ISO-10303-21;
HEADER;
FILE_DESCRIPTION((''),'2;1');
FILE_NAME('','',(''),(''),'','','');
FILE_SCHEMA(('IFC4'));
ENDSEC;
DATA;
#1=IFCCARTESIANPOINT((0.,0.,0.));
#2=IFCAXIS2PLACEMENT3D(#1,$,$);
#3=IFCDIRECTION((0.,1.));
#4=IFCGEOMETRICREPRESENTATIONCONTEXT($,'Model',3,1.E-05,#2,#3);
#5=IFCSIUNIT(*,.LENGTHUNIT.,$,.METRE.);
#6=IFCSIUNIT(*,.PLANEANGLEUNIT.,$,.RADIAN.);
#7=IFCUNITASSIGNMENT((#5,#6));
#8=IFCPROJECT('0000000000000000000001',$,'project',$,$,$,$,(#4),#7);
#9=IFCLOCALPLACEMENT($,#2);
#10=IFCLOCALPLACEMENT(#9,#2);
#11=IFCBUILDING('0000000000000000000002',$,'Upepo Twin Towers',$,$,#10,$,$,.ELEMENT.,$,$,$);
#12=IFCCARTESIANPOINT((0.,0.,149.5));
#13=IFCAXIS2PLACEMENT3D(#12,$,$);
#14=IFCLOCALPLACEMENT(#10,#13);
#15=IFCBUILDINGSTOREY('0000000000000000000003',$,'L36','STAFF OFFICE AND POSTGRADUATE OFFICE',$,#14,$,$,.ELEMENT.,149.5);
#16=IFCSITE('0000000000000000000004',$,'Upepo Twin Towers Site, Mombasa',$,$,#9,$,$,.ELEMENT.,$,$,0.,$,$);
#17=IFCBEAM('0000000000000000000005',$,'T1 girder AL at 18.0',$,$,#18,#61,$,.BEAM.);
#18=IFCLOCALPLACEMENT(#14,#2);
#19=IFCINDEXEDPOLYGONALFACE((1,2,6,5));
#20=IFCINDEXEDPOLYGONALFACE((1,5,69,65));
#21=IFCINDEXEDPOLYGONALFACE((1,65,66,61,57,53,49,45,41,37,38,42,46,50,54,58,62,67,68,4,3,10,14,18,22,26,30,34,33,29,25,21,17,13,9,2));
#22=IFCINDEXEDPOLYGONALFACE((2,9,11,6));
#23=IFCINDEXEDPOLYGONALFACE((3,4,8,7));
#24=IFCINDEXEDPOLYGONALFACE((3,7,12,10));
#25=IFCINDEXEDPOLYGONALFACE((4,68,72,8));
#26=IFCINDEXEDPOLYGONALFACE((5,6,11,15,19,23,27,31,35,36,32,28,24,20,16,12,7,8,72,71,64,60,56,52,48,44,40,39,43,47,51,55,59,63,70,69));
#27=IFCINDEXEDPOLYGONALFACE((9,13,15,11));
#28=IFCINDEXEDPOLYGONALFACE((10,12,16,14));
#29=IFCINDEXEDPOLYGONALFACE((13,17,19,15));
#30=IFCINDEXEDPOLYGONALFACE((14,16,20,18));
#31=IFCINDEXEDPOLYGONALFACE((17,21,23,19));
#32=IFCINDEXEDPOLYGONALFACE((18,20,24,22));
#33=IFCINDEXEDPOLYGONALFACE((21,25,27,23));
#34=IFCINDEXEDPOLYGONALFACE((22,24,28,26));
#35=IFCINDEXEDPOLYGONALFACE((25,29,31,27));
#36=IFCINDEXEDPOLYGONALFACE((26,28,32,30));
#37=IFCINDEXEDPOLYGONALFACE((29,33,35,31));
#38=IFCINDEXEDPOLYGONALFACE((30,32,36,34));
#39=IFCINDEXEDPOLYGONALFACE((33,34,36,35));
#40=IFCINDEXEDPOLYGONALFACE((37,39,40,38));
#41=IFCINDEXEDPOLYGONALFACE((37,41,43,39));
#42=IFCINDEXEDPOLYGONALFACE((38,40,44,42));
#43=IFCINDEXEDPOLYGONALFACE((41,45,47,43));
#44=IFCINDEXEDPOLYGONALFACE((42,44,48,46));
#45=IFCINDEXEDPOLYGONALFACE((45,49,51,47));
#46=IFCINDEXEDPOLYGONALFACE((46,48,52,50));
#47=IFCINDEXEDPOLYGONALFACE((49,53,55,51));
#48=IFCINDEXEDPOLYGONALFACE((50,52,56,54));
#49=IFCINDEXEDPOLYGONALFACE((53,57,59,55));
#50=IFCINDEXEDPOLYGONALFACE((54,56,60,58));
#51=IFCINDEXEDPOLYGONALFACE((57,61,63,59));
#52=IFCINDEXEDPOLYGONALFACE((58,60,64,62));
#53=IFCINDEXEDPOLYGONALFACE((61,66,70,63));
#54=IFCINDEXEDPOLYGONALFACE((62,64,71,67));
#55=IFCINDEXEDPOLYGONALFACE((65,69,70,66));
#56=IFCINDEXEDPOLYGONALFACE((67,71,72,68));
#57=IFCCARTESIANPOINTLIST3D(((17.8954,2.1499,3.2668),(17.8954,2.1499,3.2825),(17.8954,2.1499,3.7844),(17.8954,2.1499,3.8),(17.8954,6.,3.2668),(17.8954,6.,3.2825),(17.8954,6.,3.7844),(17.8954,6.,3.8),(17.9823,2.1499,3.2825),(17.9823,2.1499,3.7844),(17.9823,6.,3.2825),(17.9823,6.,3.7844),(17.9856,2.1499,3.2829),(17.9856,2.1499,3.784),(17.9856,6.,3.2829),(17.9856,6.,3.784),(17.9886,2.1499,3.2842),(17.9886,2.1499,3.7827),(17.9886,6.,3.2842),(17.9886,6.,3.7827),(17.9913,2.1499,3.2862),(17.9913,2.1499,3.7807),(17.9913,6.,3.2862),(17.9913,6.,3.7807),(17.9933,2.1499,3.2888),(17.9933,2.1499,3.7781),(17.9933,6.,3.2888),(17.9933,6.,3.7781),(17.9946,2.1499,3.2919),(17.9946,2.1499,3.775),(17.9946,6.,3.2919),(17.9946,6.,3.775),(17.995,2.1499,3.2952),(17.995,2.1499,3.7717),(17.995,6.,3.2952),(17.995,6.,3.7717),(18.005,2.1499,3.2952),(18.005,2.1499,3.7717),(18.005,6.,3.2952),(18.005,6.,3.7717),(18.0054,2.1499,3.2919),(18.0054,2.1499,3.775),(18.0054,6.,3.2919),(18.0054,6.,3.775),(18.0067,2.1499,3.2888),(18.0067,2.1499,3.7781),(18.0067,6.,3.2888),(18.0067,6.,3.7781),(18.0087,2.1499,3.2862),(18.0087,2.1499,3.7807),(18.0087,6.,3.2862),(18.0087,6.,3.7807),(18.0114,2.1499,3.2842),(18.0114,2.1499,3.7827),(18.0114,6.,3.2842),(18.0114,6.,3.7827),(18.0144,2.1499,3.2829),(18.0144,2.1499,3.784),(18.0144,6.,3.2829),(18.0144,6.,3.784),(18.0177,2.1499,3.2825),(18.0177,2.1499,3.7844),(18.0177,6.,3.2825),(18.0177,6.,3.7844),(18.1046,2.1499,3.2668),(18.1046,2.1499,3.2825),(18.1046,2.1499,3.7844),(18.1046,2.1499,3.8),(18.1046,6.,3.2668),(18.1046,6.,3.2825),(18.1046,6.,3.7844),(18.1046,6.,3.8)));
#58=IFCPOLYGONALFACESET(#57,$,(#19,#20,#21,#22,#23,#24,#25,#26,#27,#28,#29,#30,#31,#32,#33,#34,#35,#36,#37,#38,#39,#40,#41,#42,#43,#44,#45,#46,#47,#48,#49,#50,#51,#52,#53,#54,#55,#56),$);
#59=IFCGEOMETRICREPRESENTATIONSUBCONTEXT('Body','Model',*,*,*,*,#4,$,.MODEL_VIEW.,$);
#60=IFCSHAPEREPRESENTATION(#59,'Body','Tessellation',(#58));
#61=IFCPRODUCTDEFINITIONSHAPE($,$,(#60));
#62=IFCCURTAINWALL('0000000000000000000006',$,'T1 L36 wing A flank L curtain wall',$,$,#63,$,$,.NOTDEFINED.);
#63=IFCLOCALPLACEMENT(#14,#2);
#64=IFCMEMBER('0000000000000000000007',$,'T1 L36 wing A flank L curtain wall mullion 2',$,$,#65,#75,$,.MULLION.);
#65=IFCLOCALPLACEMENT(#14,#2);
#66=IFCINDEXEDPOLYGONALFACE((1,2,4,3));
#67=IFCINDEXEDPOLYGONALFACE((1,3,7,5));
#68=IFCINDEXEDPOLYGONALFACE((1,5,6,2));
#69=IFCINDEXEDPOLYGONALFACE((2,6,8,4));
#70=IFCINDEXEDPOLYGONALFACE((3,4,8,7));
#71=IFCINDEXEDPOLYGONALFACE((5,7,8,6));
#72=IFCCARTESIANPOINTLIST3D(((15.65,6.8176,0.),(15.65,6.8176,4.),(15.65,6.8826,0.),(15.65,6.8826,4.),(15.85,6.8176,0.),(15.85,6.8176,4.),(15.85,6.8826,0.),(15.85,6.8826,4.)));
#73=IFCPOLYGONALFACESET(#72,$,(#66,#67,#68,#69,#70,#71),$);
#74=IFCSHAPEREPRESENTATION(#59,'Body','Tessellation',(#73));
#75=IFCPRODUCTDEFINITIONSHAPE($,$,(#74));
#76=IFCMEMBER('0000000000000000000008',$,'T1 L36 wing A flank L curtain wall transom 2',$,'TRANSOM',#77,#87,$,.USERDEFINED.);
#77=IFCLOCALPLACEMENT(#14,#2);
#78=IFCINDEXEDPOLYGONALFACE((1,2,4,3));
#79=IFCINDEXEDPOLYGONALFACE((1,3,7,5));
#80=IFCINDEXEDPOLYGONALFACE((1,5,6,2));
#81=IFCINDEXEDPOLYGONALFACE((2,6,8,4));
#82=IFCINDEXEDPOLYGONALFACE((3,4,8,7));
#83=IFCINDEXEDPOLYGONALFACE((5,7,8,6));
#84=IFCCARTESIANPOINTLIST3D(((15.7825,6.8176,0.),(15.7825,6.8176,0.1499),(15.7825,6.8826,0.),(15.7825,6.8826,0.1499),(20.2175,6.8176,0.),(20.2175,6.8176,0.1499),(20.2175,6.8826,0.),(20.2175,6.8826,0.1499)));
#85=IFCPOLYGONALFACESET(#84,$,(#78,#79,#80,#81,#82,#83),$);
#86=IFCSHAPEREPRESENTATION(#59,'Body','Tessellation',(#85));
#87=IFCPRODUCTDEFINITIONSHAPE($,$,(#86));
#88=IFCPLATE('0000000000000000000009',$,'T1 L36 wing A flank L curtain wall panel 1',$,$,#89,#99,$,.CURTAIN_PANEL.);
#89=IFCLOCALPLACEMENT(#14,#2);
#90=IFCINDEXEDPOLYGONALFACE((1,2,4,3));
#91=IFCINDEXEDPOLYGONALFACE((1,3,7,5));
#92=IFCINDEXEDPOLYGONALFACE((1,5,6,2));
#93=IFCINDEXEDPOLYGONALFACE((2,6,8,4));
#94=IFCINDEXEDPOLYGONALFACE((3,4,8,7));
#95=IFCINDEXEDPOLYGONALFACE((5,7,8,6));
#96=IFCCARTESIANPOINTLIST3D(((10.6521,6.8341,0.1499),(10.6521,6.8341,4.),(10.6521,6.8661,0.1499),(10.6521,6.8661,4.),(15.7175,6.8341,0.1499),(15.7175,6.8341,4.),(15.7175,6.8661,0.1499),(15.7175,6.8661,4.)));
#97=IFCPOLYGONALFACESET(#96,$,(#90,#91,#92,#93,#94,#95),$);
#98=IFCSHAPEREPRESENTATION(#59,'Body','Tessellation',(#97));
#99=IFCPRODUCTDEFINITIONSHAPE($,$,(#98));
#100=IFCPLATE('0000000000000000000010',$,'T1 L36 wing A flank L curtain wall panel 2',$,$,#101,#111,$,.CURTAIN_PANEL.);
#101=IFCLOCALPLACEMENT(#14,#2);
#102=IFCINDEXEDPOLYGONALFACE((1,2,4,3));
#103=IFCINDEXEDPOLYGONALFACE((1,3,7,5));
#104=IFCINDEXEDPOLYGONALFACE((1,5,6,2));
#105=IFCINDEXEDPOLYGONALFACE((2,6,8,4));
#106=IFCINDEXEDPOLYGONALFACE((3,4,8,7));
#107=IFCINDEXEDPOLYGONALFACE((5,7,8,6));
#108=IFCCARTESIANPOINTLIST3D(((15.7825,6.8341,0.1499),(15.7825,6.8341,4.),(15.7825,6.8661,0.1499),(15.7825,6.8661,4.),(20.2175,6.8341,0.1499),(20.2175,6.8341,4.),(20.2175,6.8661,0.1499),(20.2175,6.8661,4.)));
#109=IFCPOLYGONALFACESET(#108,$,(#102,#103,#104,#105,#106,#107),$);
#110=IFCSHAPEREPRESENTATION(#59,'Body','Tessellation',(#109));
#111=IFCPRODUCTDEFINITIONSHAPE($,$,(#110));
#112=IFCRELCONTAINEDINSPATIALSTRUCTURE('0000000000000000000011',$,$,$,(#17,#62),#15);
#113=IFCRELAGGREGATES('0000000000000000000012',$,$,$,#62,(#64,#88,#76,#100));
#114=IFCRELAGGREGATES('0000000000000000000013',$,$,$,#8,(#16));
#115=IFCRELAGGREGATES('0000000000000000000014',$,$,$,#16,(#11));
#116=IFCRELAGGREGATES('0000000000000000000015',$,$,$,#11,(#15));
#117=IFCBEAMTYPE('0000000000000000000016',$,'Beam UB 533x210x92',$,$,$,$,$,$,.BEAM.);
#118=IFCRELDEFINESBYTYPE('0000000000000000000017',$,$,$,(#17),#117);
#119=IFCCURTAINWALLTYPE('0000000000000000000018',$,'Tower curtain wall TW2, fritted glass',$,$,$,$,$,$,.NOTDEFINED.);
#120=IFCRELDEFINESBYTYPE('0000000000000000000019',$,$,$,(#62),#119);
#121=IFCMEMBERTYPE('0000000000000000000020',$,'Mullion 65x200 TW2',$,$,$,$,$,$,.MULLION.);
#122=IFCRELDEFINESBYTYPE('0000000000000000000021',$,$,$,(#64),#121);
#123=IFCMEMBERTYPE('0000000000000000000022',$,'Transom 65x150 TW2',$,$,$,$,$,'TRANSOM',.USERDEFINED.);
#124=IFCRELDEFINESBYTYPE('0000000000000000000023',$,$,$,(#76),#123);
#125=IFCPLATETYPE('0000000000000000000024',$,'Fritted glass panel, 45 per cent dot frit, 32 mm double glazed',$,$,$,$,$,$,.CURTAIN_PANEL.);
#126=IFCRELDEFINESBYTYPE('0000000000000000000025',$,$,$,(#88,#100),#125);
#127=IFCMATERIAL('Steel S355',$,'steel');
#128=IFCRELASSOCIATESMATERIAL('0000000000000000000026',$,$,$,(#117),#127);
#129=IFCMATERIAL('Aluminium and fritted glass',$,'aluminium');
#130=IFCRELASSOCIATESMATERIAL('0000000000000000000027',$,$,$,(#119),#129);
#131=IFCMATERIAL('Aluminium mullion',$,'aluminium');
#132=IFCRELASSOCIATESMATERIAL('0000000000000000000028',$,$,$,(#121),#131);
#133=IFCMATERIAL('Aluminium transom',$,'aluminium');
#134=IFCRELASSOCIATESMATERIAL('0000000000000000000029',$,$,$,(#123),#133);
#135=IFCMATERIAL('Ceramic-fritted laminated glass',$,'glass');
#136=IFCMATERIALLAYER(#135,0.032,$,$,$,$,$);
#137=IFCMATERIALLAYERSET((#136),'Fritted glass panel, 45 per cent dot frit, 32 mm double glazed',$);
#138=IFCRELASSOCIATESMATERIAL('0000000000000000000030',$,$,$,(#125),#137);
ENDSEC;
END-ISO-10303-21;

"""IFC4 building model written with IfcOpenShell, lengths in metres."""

from ifc_helpers import new_model, si_unit, direction, frame, origin, origin_2d, place, context, subcontext, project, spatial, rectangle, i_section, extrude, material, layer, layer_set, material_profile, profile_set, type_object, element, aggregate, save


model = new_model("IFC4")

# Units and contexts
model_context = context("Model", 3, precision=1e-05, world=origin(), true_north=direction((0.0, 1.0)))
body_context = subcontext(model_context, "Body", "Model", "MODEL_VIEW")
ifc_project = project(units=[si_unit("LENGTHUNIT", "METRE"), si_unit("PLANEANGLEUNIT", "RADIAN")], contexts=[model_context])

# Site, building, storey
site_placement = place(None, origin())
site = spatial("IfcSite", under=ifc_project, at=site_placement, Name="Upepo Twin Towers Site, Mombasa", CompositionType="ELEMENT", RefElevation=0.0)
building_placement = place(site_placement, origin())
building = spatial("IfcBuilding", under=site, at=building_placement, Name="Upepo Twin Towers", CompositionType="ELEMENT")
storey_placement = place(building_placement, frame((0.0, 0.0, 149.5)))
storey = spatial("IfcBuildingStorey", under=building, at=storey_placement, Name="L36", Description="STAFF OFFICE AND POSTGRADUATE OFFICE", CompositionType="ELEMENT", Elevation=149.5)

# Beam
ifc_material_1 = material(Name="Steel S355", Category="steel")
ifc_material_profile_1 = material_profile(ifc_material_1, i_section(OverallWidth=0.2092, OverallDepth=0.5332, WebThickness=0.01, FlangeThickness=0.0156, FilletRadius=0.0127, at=origin_2d()), Name="UB 533x210x92")
ifc_profile_set_1 = profile_set([ifc_material_profile_1], Name="Steel S355")
beam_type_1 = type_object("IfcBeamType", Name="Beam UB 533x210x92", PredefinedType="BEAM", material=ifc_profile_set_1)
for number, where, z_axis, x_axis, name in (
    (1, (18.0, 6.0, 3.5334), (0.0, -1.0, 0.0), (1.0, 0.0, 0.0), "T1 girder AL at 18.0"),
):
    element("IfcBeam", number, at=place(storey_placement, frame(where, z_axis=z_axis, x_axis=x_axis)), inside=storey, type_object=beam_type_1, Name=name, PredefinedType="BEAM", context=body_context, shape_type="SweptSolid", body=[
        extrude(i_section(OverallWidth=0.2092, OverallDepth=0.5332, WebThickness=0.01, FlangeThickness=0.0156, FilletRadius=0.0127, at=origin_2d()), origin(), (0.0, 0.0, 1.0), 3.8501),
    ])

# Curtain wall, members, plates
ifc_material_2 = material(Name="Aluminium and fritted glass", Category="aluminium")
curtain_wall_type = type_object("IfcCurtainWallType", Name="Tower curtain wall TW2, fritted glass", PredefinedType="NOTDEFINED", material=ifc_material_2)
curtain_wall_placement = place(storey_placement, origin())
curtain_wall = element("IfcCurtainWall", 2, at=curtain_wall_placement, inside=storey, type_object=curtain_wall_type, Name="T1 L36 wing A flank L curtain wall", PredefinedType="NOTDEFINED")
ifc_material_3 = material(Name="Aluminium mullion", Category="aluminium")
ifc_material_profile_2 = material_profile(ifc_material_3, rectangle(XDim=0.0649, YDim=0.2, at=origin_2d()), Name="MULLION 65x200")
ifc_profile_set_2 = profile_set([ifc_material_profile_2], Name="Aluminium mullion")
member_type_1 = type_object("IfcMemberType", Name="Mullion 65x200 TW2", PredefinedType="MULLION", material=ifc_profile_set_2)
member_1_placement = place(storey_placement, frame((15.75, 6.8501, 0.0), z_axis=(0.0, 0.0, 1.0), x_axis=(0.0, 1.0, 0.0)))
member_1 = element("IfcMember", 3, at=member_1_placement, type_object=member_type_1, Name="T1 L36 wing A flank L curtain wall mullion 2", PredefinedType="MULLION", context=body_context, shape_type="SweptSolid", body=[
    extrude(rectangle(XDim=0.0649, YDim=0.2, at=origin_2d()), origin(), (0.0, 0.0, 1.0), 4.0),
])
ifc_material_4 = material(Name="Aluminium transom", Category="aluminium")
ifc_material_profile_3 = material_profile(ifc_material_4, rectangle(XDim=0.0649, YDim=0.1499, at=origin_2d()), Name="TRANSOM 65x150")
ifc_profile_set_3 = profile_set([ifc_material_profile_3], Name="Aluminium transom")
member_type_2 = type_object("IfcMemberType", Name="Transom 65x150 TW2", ElementType="TRANSOM", PredefinedType="USERDEFINED", material=ifc_profile_set_3)
member_2_placement = place(storey_placement, frame((15.7825, 6.8501, 0.075), z_axis=(1.0, 0.0, 0.0), x_axis=(0.0, 1.0, 0.0)))
member_2 = element("IfcMember", 4, at=member_2_placement, type_object=member_type_2, Name="T1 L36 wing A flank L curtain wall transom 2", ObjectType="TRANSOM", PredefinedType="USERDEFINED", context=body_context, shape_type="SweptSolid", body=[
    extrude(rectangle(XDim=0.0649, YDim=0.1499, at=origin_2d()), origin(), (0.0, 0.0, 1.0), 4.4351),
])
ifc_material_5 = material(Name="Ceramic-fritted laminated glass", Category="glass")
ifc_layer_1 = layer(ifc_material_5, 0.032)
ifc_layer_set_1 = layer_set([ifc_layer_1], Name="Fritted glass panel, 45 per cent dot frit, 32 mm double glazed")
plate_type = type_object("IfcPlateType", Name="Fritted glass panel, 45 per cent dot frit, 32 mm double glazed", PredefinedType="CURTAIN_PANEL", material=ifc_layer_set_1)
plate_1_placement = place(storey_placement, frame((13.1848, 6.8501, 0.1499), z_axis=(0.0, 0.0, 1.0), x_axis=(1.0, 0.0, 0.0)))
plate_1 = element("IfcPlate", 5, at=plate_1_placement, type_object=plate_type, Name="T1 L36 wing A flank L curtain wall panel 1", PredefinedType="CURTAIN_PANEL", context=body_context, shape_type="SweptSolid", body=[
    extrude(rectangle(XDim=5.0654, YDim=0.032, at=origin_2d()), origin(), (0.0, 0.0, 1.0), 3.8501),
])
plate_2_placement = place(storey_placement, frame((18.0, 6.8501, 0.1499), z_axis=(0.0, 0.0, 1.0), x_axis=(1.0, 0.0, 0.0)))
plate_2 = element("IfcPlate", 6, at=plate_2_placement, type_object=plate_type, Name="T1 L36 wing A flank L curtain wall panel 2", PredefinedType="CURTAIN_PANEL", context=body_context, shape_type="SweptSolid", body=[
    extrude(rectangle(XDim=4.4351, YDim=0.032, at=origin_2d()), origin(), (0.0, 0.0, 1.0), 3.8501),
])
aggregate(curtain_wall, [member_1, plate_1, member_2, plate_2])

save(model, "model.ifc")
